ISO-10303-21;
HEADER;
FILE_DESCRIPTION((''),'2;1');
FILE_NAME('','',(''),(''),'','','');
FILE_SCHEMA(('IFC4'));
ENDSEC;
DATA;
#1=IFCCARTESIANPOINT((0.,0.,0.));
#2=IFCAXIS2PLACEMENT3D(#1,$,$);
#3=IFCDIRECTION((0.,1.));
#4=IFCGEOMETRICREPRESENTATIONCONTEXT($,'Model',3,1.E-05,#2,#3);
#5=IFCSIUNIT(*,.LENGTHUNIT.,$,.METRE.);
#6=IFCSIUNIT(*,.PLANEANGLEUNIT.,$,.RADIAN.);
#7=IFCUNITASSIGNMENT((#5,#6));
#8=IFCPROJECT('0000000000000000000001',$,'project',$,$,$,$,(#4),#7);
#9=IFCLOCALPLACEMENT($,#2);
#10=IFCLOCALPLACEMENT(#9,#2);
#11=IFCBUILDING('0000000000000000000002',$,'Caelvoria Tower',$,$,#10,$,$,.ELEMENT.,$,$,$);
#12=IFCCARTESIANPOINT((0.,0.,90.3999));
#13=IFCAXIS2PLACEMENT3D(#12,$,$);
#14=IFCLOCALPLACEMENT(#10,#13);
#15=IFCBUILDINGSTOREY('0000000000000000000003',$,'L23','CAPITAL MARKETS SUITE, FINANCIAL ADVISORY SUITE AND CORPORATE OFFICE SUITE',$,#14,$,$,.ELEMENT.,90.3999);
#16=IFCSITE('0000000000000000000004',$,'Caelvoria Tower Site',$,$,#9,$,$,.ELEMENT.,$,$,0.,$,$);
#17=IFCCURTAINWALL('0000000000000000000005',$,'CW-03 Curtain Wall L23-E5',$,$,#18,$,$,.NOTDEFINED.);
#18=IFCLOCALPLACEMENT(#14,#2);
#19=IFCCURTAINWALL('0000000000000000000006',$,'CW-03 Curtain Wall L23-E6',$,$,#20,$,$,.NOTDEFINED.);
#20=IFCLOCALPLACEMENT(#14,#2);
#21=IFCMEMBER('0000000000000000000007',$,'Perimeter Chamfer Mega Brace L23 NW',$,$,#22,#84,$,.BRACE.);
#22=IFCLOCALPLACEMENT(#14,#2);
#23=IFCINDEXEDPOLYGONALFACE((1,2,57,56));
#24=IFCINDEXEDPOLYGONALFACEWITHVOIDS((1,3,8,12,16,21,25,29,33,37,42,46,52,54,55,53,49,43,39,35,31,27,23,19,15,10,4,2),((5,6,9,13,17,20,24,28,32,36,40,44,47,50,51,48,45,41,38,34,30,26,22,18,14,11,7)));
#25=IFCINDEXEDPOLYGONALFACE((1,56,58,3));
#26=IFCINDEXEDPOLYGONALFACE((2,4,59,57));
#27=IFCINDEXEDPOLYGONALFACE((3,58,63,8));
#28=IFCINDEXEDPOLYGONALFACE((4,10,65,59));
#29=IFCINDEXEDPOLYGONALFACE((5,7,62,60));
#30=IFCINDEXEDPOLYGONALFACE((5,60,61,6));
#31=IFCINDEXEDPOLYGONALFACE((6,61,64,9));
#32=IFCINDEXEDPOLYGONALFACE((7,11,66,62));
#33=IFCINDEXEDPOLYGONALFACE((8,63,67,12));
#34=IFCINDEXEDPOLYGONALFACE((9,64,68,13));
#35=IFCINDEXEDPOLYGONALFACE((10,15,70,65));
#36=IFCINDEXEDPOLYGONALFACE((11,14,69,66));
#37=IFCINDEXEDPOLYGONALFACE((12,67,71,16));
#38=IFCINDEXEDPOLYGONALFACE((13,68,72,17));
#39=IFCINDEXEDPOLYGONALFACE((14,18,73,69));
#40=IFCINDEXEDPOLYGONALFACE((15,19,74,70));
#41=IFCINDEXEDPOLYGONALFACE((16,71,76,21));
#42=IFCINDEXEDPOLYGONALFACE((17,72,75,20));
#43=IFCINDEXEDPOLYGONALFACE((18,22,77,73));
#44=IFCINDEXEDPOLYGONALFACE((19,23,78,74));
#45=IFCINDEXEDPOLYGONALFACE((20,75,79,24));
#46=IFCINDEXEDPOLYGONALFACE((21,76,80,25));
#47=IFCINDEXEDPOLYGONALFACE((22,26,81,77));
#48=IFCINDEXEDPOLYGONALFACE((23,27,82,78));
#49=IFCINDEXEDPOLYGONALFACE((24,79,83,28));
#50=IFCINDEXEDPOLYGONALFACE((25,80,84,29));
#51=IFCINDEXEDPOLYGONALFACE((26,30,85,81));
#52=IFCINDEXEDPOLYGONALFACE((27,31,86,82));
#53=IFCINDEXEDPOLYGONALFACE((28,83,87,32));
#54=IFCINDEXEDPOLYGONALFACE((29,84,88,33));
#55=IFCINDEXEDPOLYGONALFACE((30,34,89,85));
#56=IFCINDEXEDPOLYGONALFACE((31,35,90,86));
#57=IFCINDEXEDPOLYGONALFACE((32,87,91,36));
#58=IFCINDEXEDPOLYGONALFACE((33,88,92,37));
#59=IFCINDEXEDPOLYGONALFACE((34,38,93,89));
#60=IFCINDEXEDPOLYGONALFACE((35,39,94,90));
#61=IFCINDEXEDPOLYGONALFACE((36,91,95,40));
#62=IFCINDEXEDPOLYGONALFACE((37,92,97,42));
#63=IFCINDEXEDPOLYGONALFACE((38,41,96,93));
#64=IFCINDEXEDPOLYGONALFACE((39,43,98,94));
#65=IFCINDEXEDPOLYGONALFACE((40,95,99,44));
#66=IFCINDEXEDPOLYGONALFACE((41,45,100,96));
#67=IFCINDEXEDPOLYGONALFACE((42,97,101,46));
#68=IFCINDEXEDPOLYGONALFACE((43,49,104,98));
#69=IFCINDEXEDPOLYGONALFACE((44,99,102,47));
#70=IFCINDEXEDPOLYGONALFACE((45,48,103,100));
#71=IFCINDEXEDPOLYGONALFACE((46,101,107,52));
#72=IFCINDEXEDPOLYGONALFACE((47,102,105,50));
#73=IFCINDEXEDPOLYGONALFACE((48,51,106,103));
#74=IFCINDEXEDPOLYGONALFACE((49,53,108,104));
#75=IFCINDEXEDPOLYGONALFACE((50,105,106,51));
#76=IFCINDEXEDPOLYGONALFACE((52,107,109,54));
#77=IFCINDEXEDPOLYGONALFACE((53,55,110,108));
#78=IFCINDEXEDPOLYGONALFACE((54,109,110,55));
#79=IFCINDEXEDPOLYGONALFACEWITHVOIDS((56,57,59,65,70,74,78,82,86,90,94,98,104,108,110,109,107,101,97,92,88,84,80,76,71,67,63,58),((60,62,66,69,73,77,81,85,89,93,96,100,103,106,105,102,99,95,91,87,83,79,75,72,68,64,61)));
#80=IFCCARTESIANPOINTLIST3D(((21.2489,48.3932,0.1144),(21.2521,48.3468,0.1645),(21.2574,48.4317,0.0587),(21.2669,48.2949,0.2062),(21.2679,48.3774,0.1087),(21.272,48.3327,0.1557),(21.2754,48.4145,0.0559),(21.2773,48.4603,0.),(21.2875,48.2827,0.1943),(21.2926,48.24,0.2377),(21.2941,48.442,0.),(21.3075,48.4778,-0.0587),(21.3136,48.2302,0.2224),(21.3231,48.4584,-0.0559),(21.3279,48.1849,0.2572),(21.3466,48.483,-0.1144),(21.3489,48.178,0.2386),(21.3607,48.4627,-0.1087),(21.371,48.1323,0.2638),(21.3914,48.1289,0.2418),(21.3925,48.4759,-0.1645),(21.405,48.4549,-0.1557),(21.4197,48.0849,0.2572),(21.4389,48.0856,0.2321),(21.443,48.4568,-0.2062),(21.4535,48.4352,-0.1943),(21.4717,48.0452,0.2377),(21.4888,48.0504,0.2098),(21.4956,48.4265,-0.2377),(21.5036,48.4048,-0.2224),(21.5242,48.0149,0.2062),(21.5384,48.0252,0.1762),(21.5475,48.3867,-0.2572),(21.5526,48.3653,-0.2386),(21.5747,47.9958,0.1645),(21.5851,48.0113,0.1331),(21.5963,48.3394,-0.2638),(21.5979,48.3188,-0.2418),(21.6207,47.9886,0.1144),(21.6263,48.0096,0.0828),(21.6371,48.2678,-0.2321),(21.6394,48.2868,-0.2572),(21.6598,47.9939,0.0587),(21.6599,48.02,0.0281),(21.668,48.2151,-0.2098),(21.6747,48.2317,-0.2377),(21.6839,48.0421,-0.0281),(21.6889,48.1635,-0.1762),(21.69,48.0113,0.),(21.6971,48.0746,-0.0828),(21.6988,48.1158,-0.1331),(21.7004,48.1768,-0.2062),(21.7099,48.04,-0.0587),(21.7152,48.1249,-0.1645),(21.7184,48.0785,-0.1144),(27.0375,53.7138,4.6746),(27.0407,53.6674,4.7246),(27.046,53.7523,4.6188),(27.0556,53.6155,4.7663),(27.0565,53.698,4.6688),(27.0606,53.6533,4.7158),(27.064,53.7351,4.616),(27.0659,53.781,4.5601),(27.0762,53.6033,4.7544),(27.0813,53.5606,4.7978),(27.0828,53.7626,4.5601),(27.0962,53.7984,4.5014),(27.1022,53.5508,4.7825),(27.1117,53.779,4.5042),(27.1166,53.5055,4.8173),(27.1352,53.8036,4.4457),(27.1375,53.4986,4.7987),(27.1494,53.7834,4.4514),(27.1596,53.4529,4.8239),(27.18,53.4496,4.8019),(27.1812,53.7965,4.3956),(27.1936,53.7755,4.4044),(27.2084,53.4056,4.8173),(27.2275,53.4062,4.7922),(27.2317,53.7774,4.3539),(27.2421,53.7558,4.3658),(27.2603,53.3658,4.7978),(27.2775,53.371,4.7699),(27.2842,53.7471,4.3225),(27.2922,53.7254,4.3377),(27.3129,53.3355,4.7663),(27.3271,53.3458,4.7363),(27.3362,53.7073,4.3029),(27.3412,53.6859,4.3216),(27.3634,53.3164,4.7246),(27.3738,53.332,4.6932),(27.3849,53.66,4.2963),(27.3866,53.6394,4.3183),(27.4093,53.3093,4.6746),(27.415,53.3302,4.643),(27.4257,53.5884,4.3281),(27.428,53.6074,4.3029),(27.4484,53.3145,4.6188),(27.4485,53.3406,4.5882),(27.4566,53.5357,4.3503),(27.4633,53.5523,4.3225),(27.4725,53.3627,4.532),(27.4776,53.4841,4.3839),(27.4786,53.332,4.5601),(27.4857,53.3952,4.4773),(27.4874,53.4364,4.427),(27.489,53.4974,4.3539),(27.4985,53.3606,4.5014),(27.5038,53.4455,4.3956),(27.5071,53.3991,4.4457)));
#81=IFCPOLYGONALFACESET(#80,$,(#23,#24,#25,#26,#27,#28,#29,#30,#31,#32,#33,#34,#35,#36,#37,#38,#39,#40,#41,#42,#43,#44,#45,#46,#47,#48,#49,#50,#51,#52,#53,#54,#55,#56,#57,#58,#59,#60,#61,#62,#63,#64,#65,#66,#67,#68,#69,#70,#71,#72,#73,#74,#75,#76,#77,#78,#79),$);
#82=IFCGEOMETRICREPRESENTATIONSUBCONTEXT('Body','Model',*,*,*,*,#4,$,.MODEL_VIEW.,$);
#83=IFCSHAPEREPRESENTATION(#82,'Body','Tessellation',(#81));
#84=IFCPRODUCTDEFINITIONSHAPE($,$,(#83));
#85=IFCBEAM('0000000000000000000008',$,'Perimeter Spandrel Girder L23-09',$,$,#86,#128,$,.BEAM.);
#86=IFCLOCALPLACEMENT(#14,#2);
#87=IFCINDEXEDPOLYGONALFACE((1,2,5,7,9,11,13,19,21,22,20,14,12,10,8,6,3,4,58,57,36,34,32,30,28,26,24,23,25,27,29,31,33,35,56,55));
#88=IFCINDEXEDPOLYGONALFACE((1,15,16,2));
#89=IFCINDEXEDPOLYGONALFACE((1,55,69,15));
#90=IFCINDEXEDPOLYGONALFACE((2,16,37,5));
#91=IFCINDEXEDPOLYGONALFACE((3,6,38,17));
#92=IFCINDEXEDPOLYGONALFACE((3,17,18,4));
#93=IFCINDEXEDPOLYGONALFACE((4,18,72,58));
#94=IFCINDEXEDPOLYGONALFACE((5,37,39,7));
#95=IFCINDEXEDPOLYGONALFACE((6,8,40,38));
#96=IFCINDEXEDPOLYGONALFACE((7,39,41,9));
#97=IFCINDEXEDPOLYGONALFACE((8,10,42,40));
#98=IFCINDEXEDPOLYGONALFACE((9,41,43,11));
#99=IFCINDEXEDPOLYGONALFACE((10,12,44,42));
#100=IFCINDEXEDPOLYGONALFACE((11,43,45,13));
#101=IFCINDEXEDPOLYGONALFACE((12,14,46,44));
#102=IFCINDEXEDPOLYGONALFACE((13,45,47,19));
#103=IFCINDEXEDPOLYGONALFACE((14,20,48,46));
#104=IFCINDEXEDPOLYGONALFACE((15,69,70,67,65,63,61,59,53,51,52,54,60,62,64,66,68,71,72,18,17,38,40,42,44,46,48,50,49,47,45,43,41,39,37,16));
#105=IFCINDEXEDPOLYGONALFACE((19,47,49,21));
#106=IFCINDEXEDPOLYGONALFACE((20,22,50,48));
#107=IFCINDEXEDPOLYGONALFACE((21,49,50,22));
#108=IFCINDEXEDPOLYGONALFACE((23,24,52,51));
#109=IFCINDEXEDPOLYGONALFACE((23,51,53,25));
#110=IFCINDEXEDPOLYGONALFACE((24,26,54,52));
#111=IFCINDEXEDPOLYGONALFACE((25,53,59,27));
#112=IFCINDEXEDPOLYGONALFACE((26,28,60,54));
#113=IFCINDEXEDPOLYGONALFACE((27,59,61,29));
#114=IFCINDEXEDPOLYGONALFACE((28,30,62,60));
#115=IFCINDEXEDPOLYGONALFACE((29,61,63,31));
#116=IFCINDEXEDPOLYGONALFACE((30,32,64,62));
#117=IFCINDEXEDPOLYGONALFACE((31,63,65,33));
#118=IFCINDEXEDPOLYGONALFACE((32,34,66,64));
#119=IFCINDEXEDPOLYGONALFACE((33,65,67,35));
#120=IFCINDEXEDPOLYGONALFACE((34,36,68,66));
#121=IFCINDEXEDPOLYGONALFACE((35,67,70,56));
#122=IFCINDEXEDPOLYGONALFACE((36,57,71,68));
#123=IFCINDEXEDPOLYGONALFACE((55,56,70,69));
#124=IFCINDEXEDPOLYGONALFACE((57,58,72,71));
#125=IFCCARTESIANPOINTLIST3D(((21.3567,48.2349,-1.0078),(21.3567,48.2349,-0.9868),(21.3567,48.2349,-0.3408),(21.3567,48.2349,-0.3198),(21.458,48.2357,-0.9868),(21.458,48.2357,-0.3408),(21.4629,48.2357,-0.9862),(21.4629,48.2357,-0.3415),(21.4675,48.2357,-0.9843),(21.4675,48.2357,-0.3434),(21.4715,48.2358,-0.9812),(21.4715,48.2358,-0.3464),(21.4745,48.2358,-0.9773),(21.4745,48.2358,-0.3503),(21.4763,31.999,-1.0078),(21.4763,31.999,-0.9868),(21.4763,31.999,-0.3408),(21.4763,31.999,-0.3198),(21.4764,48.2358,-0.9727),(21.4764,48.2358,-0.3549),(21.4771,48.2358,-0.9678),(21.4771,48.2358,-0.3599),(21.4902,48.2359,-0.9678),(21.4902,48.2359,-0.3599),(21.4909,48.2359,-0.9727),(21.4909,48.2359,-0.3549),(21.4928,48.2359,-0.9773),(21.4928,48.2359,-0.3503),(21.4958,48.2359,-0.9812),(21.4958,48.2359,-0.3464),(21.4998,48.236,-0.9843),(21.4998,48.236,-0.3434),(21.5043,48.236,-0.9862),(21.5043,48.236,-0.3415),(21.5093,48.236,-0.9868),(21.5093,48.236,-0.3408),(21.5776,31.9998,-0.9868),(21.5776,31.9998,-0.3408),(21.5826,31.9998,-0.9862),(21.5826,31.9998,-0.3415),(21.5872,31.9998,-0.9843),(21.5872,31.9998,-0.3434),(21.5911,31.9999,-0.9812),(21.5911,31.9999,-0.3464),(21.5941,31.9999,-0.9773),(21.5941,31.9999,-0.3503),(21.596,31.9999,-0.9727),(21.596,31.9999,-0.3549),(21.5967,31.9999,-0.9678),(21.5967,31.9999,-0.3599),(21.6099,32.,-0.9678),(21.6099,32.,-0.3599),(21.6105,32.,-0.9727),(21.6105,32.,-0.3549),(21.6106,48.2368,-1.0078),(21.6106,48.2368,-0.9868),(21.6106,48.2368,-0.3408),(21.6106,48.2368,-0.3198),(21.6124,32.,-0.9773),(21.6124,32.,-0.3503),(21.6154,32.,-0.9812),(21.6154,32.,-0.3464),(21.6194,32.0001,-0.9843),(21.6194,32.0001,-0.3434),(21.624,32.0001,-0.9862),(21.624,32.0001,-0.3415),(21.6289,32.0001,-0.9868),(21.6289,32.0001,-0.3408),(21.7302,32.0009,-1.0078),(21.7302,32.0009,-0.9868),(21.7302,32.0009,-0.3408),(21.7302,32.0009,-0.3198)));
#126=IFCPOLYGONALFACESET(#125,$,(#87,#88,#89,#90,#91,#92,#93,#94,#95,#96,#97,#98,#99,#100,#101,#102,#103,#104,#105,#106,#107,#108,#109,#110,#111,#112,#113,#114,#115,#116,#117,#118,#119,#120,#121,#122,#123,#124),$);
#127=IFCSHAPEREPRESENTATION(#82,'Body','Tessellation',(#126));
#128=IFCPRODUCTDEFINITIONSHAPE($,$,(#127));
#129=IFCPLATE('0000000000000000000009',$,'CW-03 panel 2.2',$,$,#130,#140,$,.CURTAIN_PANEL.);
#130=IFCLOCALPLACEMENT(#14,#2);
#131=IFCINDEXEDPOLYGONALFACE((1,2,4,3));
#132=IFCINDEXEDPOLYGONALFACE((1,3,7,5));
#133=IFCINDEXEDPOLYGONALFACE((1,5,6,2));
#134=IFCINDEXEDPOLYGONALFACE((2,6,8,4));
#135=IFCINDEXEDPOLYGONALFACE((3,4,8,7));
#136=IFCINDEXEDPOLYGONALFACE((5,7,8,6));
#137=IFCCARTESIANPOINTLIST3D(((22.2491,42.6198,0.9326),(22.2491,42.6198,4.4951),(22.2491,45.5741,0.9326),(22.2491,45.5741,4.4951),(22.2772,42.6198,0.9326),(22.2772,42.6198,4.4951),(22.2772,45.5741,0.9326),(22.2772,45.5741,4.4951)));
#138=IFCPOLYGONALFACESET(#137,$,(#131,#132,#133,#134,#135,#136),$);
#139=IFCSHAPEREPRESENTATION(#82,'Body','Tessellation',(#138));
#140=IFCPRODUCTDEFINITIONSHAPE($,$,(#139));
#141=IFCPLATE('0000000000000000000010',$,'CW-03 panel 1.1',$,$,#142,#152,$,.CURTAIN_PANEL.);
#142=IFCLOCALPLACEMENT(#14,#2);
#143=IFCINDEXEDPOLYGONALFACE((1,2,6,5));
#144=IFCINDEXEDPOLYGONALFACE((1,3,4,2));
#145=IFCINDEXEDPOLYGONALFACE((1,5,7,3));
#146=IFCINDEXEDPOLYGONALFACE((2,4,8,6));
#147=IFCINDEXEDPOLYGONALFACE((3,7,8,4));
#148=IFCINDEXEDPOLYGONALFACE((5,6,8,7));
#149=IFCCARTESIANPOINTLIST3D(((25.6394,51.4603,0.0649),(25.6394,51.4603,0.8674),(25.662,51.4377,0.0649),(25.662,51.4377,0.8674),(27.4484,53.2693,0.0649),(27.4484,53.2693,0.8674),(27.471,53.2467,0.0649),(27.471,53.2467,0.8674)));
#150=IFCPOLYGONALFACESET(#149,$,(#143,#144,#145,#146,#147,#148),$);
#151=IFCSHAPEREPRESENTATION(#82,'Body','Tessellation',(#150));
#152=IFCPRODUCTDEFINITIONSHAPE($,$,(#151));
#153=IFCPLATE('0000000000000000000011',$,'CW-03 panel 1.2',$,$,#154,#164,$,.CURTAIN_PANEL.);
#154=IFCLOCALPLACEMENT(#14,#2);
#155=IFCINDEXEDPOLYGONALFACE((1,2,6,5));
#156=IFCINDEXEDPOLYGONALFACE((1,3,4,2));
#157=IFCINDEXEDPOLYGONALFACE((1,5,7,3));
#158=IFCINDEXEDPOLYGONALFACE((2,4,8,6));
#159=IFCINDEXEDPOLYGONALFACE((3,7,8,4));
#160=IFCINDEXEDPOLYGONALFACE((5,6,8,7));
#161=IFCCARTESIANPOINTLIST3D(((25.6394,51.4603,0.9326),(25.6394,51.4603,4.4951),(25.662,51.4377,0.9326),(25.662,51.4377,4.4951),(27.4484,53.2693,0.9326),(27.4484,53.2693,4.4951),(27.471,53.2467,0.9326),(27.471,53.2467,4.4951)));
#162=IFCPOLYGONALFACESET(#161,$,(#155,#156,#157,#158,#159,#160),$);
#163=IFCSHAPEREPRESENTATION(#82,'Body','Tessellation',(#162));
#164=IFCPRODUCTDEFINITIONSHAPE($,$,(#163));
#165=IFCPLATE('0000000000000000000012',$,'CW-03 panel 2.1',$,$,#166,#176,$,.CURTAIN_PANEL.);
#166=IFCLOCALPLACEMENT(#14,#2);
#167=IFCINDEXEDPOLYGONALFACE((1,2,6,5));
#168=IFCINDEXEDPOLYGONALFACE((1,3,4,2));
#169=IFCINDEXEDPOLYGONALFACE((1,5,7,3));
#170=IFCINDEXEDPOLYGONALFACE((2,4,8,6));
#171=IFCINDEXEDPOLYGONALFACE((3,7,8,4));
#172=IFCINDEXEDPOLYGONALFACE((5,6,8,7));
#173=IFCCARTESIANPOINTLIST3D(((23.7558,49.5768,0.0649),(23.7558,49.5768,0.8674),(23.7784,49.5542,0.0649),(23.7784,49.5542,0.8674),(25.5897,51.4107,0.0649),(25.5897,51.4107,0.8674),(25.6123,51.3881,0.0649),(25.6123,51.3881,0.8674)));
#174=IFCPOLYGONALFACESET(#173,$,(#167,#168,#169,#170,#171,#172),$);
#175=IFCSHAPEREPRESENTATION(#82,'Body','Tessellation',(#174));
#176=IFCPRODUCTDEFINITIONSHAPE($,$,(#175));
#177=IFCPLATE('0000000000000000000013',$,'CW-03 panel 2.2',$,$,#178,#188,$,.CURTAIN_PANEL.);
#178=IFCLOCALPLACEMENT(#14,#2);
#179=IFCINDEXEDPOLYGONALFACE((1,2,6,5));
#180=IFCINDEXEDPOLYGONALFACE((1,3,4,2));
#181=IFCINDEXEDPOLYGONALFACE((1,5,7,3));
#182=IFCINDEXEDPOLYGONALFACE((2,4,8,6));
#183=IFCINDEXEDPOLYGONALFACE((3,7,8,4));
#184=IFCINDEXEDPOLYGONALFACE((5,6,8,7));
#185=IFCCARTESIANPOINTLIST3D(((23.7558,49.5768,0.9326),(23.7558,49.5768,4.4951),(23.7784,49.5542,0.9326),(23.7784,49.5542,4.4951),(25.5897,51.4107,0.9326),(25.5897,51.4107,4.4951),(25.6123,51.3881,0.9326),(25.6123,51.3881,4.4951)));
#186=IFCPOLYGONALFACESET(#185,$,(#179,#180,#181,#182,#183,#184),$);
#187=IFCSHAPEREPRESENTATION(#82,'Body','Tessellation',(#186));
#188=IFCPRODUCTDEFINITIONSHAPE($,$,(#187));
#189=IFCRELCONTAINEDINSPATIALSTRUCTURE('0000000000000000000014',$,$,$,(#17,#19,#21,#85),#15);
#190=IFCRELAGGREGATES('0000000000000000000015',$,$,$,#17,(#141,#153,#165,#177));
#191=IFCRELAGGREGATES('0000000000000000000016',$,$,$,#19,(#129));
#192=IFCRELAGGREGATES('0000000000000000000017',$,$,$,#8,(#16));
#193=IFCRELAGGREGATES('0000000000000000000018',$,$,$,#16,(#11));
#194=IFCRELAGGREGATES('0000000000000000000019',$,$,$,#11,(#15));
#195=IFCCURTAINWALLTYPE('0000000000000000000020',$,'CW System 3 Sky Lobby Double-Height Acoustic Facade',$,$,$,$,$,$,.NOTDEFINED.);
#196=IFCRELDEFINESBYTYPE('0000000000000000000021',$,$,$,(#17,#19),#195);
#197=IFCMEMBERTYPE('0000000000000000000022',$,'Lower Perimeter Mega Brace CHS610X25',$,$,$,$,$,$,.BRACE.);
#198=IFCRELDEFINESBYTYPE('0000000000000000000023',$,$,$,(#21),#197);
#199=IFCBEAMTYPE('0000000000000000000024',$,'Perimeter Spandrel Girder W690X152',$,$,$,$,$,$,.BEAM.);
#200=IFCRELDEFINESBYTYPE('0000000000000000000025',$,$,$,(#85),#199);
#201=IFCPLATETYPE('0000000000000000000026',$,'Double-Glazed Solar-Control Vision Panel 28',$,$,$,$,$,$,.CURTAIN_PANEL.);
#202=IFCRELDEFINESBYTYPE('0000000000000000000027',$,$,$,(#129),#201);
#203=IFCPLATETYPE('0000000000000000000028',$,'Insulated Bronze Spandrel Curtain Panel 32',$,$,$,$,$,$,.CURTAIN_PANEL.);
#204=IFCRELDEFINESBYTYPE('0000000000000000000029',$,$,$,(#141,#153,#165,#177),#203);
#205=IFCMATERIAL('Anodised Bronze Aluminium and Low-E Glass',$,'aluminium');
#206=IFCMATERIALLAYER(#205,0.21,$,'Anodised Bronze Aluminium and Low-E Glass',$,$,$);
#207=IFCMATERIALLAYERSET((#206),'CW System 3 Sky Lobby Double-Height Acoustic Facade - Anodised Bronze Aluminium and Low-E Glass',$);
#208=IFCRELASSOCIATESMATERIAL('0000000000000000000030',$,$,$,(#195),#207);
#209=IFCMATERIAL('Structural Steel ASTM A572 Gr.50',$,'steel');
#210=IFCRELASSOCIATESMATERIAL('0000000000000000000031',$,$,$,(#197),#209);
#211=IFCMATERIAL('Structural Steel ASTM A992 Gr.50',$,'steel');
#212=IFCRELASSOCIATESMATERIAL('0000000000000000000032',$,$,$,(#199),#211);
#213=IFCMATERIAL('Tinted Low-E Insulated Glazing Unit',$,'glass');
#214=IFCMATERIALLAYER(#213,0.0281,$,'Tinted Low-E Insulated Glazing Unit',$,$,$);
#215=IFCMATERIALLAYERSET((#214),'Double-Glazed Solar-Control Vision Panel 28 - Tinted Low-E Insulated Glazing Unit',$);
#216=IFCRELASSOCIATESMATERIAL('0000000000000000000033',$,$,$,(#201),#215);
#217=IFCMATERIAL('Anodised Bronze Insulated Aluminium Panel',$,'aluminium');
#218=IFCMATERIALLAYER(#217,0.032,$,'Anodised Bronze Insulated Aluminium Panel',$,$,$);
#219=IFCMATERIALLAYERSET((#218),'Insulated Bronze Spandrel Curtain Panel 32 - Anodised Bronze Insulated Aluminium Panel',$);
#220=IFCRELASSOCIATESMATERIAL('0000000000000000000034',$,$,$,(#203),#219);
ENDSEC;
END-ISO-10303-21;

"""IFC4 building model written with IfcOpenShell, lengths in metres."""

from ifc_helpers import new_model, si_unit, direction, frame, origin, origin_2d, place, context, subcontext, project, spatial, rectangle, hollow_circle, i_section, extrude, material, layer, layer_set, material_profile, profile_set, type_object, element, aggregate, save


model = new_model("IFC4")

# Units and contexts
model_context = context("Model", 3, precision=1e-05, world=origin(), true_north=direction((0.0, 1.0)))
body_context = subcontext(model_context, "Body", "Model", "MODEL_VIEW")
ifc_project = project(units=[si_unit("LENGTHUNIT", "METRE"), si_unit("PLANEANGLEUNIT", "RADIAN")], contexts=[model_context])

# Site, building, storey
site_placement = place(None, origin())
site = spatial("IfcSite", under=ifc_project, at=site_placement, Name="Caelvoria Tower Site", CompositionType="ELEMENT", RefElevation=0.0)
building_placement = place(site_placement, origin())
building = spatial("IfcBuilding", under=site, at=building_placement, Name="Caelvoria Tower", CompositionType="ELEMENT")
storey_placement = place(building_placement, frame((0.0, 0.0, 90.3999)))
storey = spatial("IfcBuildingStorey", under=building, at=storey_placement, Name="L23", Description="CAPITAL MARKETS SUITE, FINANCIAL ADVISORY SUITE AND CORPORATE OFFICE SUITE", CompositionType="ELEMENT", Elevation=90.3999)

# Shared definitions
ifc_material_1 = material(Name="Structural Steel ASTM A572 Gr.50", Category="steel")

# Curtain walls
ifc_material_2 = material(Name="Anodised Bronze Aluminium and Low-E Glass", Category="aluminium")
ifc_layer_1 = layer(ifc_material_2, 0.21, Name="Anodised Bronze Aluminium and Low-E Glass")
ifc_layer_set_1 = layer_set([ifc_layer_1], Name="CW System 3 Sky Lobby Double-Height Acoustic Facade - Anodised Bronze Aluminium and Low-E Glass")
curtain_wall_type = type_object("IfcCurtainWallType", Name="CW System 3 Sky Lobby Double-Height Acoustic Facade", PredefinedType="NOTDEFINED", material=ifc_layer_set_1)
curtain_wall_1_placement = place(storey_placement, origin())
curtain_wall_1 = element("IfcCurtainWall", 1, at=curtain_wall_1_placement, inside=storey, type_object=curtain_wall_type, Name="CW-03 Curtain Wall L23-E5", PredefinedType="NOTDEFINED")
curtain_wall_2_placement = place(storey_placement, origin())
curtain_wall_2 = element("IfcCurtainWall", 2, at=curtain_wall_2_placement, inside=storey, type_object=curtain_wall_type, Name="CW-03 Curtain Wall L23-E6", PredefinedType="NOTDEFINED")

# Member
ifc_material_profile_1 = material_profile(ifc_material_1, hollow_circle(Radius=0.3049, WallThickness=0.0249, at=origin_2d()), Name="Structural Steel ASTM A572 Gr.50")
ifc_profile_set_1 = profile_set([ifc_material_profile_1], Name="CHS610X25 - Structural Steel ASTM A572 Gr.50")
member_type_1 = type_object("IfcMemberType", Name="Lower Perimeter Mega Brace CHS610X25", PredefinedType="BRACE", material=ifc_profile_set_1)
member_1_placement = place(storey_placement, frame((21.4836, 48.2358, 0.0), z_axis=(0.636876, 0.585384, 0.501711), x_axis=(-0.676717, 0.736243, 0.0)))
element("IfcMember", 3, at=member_1_placement, inside=storey, type_object=member_type_1, Name="Perimeter Chamfer Mega Brace L23 NW", PredefinedType="BRACE", context=body_context, shape_type="SweptSolid", body=[
    extrude(hollow_circle(Radius=0.3049, WallThickness=0.0249, at=origin_2d()), origin(), (0.0, 0.0, 1.0), 9.0891),
])

# Beam
ifc_material_3 = material(Name="Structural Steel ASTM A992 Gr.50", Category="steel")
ifc_material_profile_2 = material_profile(ifc_material_3, i_section(OverallWidth=0.2539, OverallDepth=0.688, WebThickness=0.0132, FlangeThickness=0.021, FilletRadius=0.019, at=origin_2d()), Name="Structural Steel ASTM A992 Gr.50")
ifc_profile_set_2 = profile_set([ifc_material_profile_2], Name="W690X152 - Structural Steel ASTM A992 Gr.50")
beam_type = type_object("IfcBeamType", Name="Perimeter Spandrel Girder W690X152", PredefinedType="BEAM", material=ifc_profile_set_2)
beam_placement = place(storey_placement, frame((21.4836, 48.2358, -0.6638), z_axis=(0.007368, -0.999973, 0.0), x_axis=(0.999973, 0.007368, 0.0)))
element("IfcBeam", 4, at=beam_placement, inside=storey, type_object=beam_type, Name="Perimeter Spandrel Girder L23-09", PredefinedType="BEAM", context=body_context, shape_type="SweptSolid", body=[
    extrude(i_section(OverallWidth=0.2539, OverallDepth=0.688, WebThickness=0.0132, FlangeThickness=0.021, FilletRadius=0.019, at=origin_2d()), origin(), (0.0, 0.0, 1.0), 16.2363),
])

# Plates
ifc_material_4 = material(Name="Tinted Low-E Insulated Glazing Unit", Category="glass")
ifc_layer_2 = layer(ifc_material_4, 0.0281, Name="Tinted Low-E Insulated Glazing Unit")
ifc_layer_set_2 = layer_set([ifc_layer_2], Name="Double-Glazed Solar-Control Vision Panel 28 - Tinted Low-E Insulated Glazing Unit")
plate_type_1 = type_object("IfcPlateType", Name="Double-Glazed Solar-Control Vision Panel 28", PredefinedType="CURTAIN_PANEL", material=ifc_layer_set_2)
plate_1_placement = place(storey_placement, frame((22.2632, 44.0969, 0.9326), z_axis=(0.0, 0.0, 1.0), x_axis=(0.0, -1.0, 0.0)))
plate_1 = element("IfcPlate", 5, at=plate_1_placement, type_object=plate_type_1, Name="CW-03 panel 2.2", PredefinedType="CURTAIN_PANEL", context=body_context, shape_type="SweptSolid", body=[
    extrude(rectangle(XDim=2.9543, YDim=0.0281, at=origin_2d()), origin(), (0.0, 0.0, 1.0), 3.5625),
])
ifc_material_5 = material(Name="Anodised Bronze Insulated Aluminium Panel", Category="aluminium")
ifc_layer_3 = layer(ifc_material_5, 0.032, Name="Anodised Bronze Insulated Aluminium Panel")
ifc_layer_set_3 = layer_set([ifc_layer_3], Name="Insulated Bronze Spandrel Curtain Panel 32 - Anodised Bronze Insulated Aluminium Panel")
plate_type_2 = type_object("IfcPlateType", Name="Insulated Bronze Spandrel Curtain Panel 32", PredefinedType="CURTAIN_PANEL", material=ifc_layer_set_3)
plate_2_placement = place(storey_placement, frame((26.5552, 52.3535, 0.0649), z_axis=(0.0, 0.0, 1.0), x_axis=(-0.707107, -0.707107, 0.0)))
plate_2 = element("IfcPlate", 6, at=plate_2_placement, type_object=plate_type_2, Name="CW-03 panel 1.1", PredefinedType="CURTAIN_PANEL", context=body_context, shape_type="SweptSolid", body=[
    extrude(rectangle(XDim=2.5583, YDim=0.032, at=origin_2d()), origin(), (0.0, 0.0, 1.0), 0.8025),
])
plate_3_placement = place(storey_placement, frame((26.5552, 52.3535, 0.9326), z_axis=(0.0, 0.0, 1.0), x_axis=(-0.707107, -0.707107, 0.0)))
plate_3 = element("IfcPlate", 7, at=plate_3_placement, type_object=plate_type_2, Name="CW-03 panel 1.2", PredefinedType="CURTAIN_PANEL", context=body_context, shape_type="SweptSolid", body=[
    extrude(rectangle(XDim=2.5583, YDim=0.032, at=origin_2d()), origin(), (0.0, 0.0, 1.0), 3.5625),
])
plate_4_placement = place(storey_placement, frame((24.6841, 50.4824, 0.0649), z_axis=(0.0, 0.0, 1.0), x_axis=(-0.707107, -0.707107, 0.0)))
plate_4 = element("IfcPlate", 8, at=plate_4_placement, type_object=plate_type_2, Name="CW-03 panel 2.1", PredefinedType="CURTAIN_PANEL", context=body_context, shape_type="SweptSolid", body=[
    extrude(rectangle(XDim=2.5935, YDim=0.032, at=origin_2d()), origin(), (0.0, 0.0, 1.0), 0.8025),
])
plate_5_placement = place(storey_placement, frame((24.6841, 50.4824, 0.9326), z_axis=(0.0, 0.0, 1.0), x_axis=(-0.707107, -0.707107, 0.0)))
plate_5 = element("IfcPlate", 9, at=plate_5_placement, type_object=plate_type_2, Name="CW-03 panel 2.2", PredefinedType="CURTAIN_PANEL", context=body_context, shape_type="SweptSolid", body=[
    extrude(rectangle(XDim=2.5935, YDim=0.032, at=origin_2d()), origin(), (0.0, 0.0, 1.0), 3.5625),
])
aggregate(curtain_wall_1, [plate_2, plate_3, plate_4, plate_5])
aggregate(curtain_wall_2, [plate_1])

save(model, "model.ifc")
